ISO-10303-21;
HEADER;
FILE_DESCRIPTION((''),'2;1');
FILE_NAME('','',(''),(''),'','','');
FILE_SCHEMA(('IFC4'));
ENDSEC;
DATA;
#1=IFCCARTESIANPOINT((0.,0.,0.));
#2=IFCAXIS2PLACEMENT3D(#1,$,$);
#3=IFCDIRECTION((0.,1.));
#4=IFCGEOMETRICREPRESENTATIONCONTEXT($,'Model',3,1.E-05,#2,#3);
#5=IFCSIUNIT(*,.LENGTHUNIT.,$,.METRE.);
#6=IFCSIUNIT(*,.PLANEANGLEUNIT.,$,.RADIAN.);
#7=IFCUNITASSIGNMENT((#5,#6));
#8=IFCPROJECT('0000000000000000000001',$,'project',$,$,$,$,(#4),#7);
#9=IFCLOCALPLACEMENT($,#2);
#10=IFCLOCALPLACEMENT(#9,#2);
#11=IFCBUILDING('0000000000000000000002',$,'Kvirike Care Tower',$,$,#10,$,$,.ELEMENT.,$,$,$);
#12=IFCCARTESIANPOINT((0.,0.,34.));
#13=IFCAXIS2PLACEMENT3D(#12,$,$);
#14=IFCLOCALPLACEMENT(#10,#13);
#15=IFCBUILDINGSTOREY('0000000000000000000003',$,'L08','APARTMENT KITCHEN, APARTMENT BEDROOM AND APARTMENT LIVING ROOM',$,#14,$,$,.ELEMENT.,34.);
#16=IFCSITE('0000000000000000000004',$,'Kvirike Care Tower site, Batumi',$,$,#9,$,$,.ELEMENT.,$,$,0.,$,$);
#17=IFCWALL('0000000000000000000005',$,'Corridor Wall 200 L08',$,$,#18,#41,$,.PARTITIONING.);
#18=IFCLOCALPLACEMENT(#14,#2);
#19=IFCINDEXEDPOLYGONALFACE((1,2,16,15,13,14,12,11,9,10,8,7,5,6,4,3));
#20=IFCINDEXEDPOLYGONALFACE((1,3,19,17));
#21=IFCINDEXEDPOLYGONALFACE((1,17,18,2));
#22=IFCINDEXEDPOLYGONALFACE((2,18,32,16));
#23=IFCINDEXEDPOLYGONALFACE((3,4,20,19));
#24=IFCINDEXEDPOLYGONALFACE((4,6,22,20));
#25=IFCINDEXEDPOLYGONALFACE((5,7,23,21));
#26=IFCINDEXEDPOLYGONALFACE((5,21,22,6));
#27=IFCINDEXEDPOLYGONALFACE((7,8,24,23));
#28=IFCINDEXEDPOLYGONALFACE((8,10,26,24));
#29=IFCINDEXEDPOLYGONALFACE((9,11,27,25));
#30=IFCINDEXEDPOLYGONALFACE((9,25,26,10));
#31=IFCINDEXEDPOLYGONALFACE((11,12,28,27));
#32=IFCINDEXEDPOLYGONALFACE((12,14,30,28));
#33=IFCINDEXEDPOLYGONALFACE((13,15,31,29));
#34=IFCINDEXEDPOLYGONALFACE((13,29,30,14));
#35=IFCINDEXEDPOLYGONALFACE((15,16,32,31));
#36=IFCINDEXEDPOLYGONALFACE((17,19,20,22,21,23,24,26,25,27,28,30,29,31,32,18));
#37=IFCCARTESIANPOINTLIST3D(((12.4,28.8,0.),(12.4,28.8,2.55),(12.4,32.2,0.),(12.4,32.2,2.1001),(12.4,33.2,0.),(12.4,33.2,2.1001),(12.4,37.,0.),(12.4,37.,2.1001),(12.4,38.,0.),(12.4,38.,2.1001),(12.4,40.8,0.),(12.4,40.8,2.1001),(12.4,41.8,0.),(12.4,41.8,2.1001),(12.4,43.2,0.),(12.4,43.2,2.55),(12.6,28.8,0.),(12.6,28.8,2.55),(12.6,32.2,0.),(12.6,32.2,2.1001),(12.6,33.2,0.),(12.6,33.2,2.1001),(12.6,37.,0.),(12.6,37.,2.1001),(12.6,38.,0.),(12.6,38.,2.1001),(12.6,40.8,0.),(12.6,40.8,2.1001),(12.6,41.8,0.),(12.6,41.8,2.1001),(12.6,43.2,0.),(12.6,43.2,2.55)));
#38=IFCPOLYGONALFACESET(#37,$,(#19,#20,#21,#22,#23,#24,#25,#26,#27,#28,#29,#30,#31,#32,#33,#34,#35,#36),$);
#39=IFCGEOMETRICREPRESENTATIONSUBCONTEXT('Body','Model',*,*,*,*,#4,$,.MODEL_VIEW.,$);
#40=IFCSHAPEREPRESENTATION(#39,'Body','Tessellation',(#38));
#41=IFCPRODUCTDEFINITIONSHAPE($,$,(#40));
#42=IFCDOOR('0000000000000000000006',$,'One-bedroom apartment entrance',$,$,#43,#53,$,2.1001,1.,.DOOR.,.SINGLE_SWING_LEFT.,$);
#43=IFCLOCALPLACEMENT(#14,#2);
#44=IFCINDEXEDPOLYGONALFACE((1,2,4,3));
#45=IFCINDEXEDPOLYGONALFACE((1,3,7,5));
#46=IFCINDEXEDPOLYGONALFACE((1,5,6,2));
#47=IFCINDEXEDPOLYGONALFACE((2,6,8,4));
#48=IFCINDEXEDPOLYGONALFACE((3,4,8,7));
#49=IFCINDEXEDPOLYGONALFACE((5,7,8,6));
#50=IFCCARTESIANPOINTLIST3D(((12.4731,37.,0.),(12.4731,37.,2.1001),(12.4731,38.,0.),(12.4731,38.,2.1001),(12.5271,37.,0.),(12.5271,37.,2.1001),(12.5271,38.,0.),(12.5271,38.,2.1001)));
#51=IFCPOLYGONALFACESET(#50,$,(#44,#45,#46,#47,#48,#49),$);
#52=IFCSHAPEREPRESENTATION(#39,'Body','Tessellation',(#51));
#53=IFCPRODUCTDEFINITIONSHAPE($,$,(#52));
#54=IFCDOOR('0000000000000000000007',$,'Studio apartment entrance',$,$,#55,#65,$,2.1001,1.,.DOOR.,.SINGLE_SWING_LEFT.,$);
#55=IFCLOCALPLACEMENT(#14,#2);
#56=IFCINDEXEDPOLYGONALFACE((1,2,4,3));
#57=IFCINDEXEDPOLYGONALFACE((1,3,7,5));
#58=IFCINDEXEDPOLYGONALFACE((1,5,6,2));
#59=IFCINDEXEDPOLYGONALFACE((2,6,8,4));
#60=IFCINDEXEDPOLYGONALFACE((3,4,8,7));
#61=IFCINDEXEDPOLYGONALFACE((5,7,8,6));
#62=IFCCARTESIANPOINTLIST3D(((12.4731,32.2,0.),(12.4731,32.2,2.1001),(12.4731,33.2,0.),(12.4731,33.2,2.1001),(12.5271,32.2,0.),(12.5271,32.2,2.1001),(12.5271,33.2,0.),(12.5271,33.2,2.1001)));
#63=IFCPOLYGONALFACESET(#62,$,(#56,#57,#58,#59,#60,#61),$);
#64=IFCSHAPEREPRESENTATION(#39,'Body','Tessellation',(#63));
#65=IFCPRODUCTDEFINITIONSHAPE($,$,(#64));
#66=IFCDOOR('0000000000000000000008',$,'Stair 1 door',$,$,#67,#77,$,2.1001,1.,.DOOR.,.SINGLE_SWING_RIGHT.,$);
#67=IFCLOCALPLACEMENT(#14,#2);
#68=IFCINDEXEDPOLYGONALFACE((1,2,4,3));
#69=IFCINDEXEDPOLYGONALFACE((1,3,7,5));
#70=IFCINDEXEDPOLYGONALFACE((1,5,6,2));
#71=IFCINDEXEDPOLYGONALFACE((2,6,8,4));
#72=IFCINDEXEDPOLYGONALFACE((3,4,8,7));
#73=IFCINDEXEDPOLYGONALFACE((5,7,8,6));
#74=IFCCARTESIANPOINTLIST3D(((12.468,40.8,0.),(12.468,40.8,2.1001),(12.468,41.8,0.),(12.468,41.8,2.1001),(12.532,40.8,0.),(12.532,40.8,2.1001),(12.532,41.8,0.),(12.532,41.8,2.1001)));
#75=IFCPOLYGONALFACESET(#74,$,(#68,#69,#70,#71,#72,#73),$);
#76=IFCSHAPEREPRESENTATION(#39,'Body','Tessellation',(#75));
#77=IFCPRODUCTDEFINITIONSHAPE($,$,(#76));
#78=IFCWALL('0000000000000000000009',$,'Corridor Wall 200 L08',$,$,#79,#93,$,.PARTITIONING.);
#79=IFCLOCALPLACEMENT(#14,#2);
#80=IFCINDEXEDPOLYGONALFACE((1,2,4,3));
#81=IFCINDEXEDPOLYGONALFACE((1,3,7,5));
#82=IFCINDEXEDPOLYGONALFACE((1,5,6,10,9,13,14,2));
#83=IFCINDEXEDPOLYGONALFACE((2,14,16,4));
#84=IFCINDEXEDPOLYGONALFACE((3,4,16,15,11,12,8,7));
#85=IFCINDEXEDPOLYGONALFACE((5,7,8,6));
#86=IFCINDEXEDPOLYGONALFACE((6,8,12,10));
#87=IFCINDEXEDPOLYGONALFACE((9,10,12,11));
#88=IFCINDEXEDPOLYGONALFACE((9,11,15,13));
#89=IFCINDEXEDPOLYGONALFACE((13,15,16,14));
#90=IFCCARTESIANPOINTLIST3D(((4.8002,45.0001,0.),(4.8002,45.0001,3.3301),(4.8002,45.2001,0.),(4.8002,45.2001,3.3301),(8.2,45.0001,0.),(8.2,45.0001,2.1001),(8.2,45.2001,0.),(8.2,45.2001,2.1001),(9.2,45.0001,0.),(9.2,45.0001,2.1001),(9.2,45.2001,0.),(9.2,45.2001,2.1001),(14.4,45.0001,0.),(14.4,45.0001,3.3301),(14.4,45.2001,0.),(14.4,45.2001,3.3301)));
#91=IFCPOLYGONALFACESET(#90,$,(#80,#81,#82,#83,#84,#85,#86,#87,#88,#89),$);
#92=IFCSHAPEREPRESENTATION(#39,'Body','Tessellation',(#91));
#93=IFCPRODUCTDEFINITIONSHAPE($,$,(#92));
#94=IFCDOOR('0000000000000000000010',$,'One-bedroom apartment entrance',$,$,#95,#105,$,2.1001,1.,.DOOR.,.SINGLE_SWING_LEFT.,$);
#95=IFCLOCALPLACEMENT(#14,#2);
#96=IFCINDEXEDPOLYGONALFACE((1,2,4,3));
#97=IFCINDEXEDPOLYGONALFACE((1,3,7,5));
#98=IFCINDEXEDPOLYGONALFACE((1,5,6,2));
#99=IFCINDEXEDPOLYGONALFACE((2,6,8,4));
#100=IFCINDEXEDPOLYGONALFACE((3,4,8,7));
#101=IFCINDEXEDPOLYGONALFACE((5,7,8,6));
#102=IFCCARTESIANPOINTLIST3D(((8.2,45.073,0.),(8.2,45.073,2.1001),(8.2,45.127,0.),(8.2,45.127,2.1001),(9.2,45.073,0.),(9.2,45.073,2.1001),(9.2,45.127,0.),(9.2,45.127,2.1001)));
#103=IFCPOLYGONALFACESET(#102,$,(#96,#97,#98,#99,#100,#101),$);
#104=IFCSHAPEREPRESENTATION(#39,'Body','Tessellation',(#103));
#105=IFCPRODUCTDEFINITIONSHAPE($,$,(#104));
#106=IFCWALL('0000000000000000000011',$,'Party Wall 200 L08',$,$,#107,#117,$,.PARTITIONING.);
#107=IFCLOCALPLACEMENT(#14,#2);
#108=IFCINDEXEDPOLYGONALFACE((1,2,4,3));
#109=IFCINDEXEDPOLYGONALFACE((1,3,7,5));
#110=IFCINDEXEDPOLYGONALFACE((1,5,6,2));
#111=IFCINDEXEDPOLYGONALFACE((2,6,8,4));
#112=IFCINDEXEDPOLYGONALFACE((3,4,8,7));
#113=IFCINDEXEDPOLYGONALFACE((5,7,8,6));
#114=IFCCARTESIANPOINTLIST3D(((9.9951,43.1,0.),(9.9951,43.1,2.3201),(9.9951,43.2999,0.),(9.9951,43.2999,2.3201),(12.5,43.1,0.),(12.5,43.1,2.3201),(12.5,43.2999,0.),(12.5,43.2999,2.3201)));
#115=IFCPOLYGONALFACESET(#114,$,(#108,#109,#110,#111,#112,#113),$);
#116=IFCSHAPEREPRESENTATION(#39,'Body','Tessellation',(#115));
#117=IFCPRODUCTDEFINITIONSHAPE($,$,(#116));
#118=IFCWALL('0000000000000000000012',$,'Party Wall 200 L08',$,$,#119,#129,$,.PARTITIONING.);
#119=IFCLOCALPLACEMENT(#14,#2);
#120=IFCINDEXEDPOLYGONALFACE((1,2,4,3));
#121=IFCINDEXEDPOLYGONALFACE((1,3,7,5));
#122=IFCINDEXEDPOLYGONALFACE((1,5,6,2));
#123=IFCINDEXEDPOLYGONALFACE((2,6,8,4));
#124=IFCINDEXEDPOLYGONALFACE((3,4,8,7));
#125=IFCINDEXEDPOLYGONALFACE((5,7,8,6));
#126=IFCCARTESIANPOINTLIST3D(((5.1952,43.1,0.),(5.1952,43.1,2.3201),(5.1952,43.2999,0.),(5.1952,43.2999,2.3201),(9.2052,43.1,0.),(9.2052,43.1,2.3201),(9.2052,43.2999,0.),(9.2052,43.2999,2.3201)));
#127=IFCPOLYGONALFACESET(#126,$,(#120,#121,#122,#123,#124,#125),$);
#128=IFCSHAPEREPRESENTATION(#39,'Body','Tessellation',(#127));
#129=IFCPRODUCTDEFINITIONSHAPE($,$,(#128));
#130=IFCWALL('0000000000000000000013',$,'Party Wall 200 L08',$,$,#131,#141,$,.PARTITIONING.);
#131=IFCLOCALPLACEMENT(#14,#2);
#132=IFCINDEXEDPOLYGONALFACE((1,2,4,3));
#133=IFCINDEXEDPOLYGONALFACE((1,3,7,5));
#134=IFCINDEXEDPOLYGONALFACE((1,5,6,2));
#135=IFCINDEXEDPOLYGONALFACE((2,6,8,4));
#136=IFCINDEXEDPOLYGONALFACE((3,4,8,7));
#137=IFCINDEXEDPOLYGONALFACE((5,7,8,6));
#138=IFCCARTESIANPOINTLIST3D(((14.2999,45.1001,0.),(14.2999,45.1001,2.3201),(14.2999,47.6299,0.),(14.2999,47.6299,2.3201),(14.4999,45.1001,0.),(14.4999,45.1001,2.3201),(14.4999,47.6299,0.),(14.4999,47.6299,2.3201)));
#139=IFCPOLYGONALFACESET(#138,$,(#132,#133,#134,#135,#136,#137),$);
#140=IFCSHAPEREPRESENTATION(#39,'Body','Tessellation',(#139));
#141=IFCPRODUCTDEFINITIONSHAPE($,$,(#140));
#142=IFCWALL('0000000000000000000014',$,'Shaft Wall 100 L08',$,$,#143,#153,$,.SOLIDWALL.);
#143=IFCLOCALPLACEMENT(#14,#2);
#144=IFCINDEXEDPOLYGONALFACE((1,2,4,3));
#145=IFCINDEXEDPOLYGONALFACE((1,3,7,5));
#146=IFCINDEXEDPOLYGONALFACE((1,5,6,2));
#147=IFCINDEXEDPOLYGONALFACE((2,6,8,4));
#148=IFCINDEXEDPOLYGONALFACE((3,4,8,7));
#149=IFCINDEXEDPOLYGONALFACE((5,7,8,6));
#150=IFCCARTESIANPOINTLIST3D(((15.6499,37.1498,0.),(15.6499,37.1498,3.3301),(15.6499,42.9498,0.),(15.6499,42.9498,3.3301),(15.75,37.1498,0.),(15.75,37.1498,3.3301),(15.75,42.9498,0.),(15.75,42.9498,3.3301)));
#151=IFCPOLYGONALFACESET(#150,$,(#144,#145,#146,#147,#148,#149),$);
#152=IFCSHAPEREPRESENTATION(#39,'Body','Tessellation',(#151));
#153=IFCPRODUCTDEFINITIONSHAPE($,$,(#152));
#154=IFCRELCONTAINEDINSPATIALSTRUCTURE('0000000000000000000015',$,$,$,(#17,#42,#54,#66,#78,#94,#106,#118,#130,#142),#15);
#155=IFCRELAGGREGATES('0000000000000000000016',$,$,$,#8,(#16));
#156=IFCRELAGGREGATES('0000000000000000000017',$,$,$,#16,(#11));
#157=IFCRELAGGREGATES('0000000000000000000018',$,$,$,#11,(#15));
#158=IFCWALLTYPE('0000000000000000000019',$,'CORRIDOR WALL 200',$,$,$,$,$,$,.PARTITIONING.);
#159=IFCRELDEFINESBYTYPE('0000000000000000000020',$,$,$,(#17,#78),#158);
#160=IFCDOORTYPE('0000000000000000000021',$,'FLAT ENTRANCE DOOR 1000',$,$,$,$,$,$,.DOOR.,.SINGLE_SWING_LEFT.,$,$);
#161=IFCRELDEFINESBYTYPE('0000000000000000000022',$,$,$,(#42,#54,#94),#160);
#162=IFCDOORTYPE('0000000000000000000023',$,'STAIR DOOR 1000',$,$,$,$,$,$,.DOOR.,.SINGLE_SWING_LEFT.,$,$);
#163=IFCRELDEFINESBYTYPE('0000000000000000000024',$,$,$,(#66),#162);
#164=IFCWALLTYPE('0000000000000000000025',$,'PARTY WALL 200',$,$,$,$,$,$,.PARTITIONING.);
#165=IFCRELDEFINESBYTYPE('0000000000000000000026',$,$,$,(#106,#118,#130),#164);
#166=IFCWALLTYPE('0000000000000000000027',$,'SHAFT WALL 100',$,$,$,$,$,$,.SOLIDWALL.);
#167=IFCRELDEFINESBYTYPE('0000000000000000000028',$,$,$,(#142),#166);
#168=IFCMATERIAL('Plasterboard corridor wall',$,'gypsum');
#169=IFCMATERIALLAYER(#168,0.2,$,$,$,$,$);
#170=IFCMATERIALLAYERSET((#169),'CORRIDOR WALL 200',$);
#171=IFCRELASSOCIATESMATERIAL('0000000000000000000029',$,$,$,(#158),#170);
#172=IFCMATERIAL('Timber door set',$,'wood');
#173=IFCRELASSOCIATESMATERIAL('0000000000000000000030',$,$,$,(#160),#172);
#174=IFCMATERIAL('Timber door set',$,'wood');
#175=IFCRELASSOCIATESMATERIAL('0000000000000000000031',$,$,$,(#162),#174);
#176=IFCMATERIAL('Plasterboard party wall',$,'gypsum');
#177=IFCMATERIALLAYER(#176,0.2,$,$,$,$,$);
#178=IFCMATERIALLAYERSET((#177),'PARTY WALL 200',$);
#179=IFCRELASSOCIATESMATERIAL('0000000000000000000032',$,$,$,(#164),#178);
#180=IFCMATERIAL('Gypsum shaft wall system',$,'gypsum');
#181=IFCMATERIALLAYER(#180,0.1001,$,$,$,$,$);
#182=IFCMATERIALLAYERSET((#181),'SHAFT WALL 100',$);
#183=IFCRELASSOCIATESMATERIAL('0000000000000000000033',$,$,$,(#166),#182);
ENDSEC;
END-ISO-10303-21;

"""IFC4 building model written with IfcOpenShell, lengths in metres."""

from ifc_helpers import new_model, si_unit, direction, frame, frame_2d, origin, place, context, subcontext, project, spatial, rectangle, extrude, material, layer, layer_set, type_object, element, fill, save


model = new_model("IFC4")

# Units and contexts
model_context = context("Model", 3, precision=1e-05, world=origin(), true_north=direction((0.0, 1.0)))
body_context = subcontext(model_context, "Body", "Model", "MODEL_VIEW")
ifc_project = project(units=[si_unit("LENGTHUNIT", "METRE"), si_unit("PLANEANGLEUNIT", "RADIAN")], contexts=[model_context])

# Site, building, storey
site_placement = place(None, origin())
site = spatial("IfcSite", under=ifc_project, at=site_placement, Name="Kvirike Care Tower site, Batumi", CompositionType="ELEMENT", RefElevation=0.0)
building_placement = place(site_placement, origin())
building = spatial("IfcBuilding", under=site, at=building_placement, Name="Kvirike Care Tower", CompositionType="ELEMENT")
storey_placement = place(building_placement, frame((0.0, 0.0, 34.0)))
storey = spatial("IfcBuildingStorey", under=building, at=storey_placement, Name="L08", Description="APARTMENT KITCHEN, APARTMENT BEDROOM AND APARTMENT LIVING ROOM", CompositionType="ELEMENT", Elevation=34.0)

# Wall, openings, doors
ifc_material_1 = material(Name="Plasterboard corridor wall", Category="gypsum")
ifc_layer_1 = layer(ifc_material_1, 0.2)
ifc_layer_set_1 = layer_set([ifc_layer_1], Name="CORRIDOR WALL 200")
wall_type_1 = type_object("IfcWallType", Name="CORRIDOR WALL 200", PredefinedType="PARTITIONING", material=ifc_layer_set_1)
wall_1_placement = place(storey_placement, frame((12.5, 43.2, 0.0), z_axis=(0.0, 0.0, 1.0), x_axis=(0.0, -1.0, 0.0)))
wall_1 = element("IfcWall", 1, at=wall_1_placement, inside=storey, type_object=wall_type_1, Name="Corridor Wall 200 L08", PredefinedType="PARTITIONING", context=body_context, shape_type="SweptSolid", body=[
    extrude(rectangle(XDim=14.3999, YDim=0.2, at=frame_2d((7.2, 0.0))), origin(), (0.0, 0.0, 1.0), 2.55),
])
opening_1_placement = place(wall_1_placement, frame((1.3999, 0.0, 0.0)))
opening_1 = element("IfcOpeningElement", 2, at=opening_1_placement, cuts=wall_1, PredefinedType="OPENING", context=body_context, shape_type="SweptSolid", body=[
    extrude(rectangle(XDim=1.0, YDim=2.1001, at=frame_2d((0.5, 1.05))), frame((0.0, 0.1106, 0.0), z_axis=(0.0, -1.0, 0.0), x_axis=(1.0, 0.0, 0.0)), (0.0, 0.0, 1.0), 0.2209),
])
opening_2_placement = place(wall_1_placement, frame((5.2, 0.0, 0.0)))
opening_2 = element("IfcOpeningElement", 3, at=opening_2_placement, cuts=wall_1, PredefinedType="OPENING", context=body_context, shape_type="SweptSolid", body=[
    extrude(rectangle(XDim=1.0, YDim=2.1001, at=frame_2d((0.5, 1.05))), frame((0.0, 0.1106, 0.0), z_axis=(0.0, -1.0, 0.0), x_axis=(1.0, 0.0, 0.0)), (0.0, 0.0, 1.0), 0.2209),
])
opening_3_placement = place(wall_1_placement, frame((10.0, 0.0, 0.0)))
opening_3 = element("IfcOpeningElement", 4, at=opening_3_placement, cuts=wall_1, PredefinedType="OPENING", context=body_context, shape_type="SweptSolid", body=[
    extrude(rectangle(XDim=1.0, YDim=2.1001, at=frame_2d((0.5, 1.05))), frame((0.0, 0.1106, 0.0), z_axis=(0.0, -1.0, 0.0), x_axis=(1.0, 0.0, 0.0)), (0.0, 0.0, 1.0), 0.2209),
])
ifc_material_2 = material(Name="Timber door set", Category="wood")
door_type_1 = type_object("IfcDoorType", Name="FLAT ENTRANCE DOOR 1000", OperationType="SINGLE_SWING_LEFT", PredefinedType="DOOR", material=ifc_material_2)
door_1_placement = place(opening_2_placement, frame((1.0, 0.0, 0.0), z_axis=(0.0, 0.0, 1.0), x_axis=(-1.0, 0.0, 0.0)))
door_1 = element("IfcDoor", 5, at=door_1_placement, inside=storey, type_object=door_type_1, Name="One-bedroom apartment entrance", OperationType="SINGLE_SWING_LEFT", OverallHeight=2.1001, OverallWidth=1.0, PredefinedType="DOOR", context=body_context, shape_type="SweptSolid", body=[
    extrude(rectangle(XDim=1.0, YDim=2.1001, at=frame_2d((0.5, 1.05))), frame((0.0, 0.0269, 0.0), z_axis=(0.0, -1.0, 0.0), x_axis=(1.0, 0.0, 0.0)), (0.0, 0.0, 1.0), 0.054),
])
fill(opening_2, door_1)
door_2_placement = place(opening_3_placement, frame((1.0, 0.0, 0.0), z_axis=(0.0, 0.0, 1.0), x_axis=(-1.0, 0.0, 0.0)))
door_2 = element("IfcDoor", 6, at=door_2_placement, inside=storey, type_object=door_type_1, Name="Studio apartment entrance", OperationType="SINGLE_SWING_LEFT", OverallHeight=2.1001, OverallWidth=1.0, PredefinedType="DOOR", context=body_context, shape_type="SweptSolid", body=[
    extrude(rectangle(XDim=1.0, YDim=2.1001, at=frame_2d((0.5, 1.05))), frame((0.0, 0.0269, 0.0), z_axis=(0.0, -1.0, 0.0), x_axis=(1.0, 0.0, 0.0)), (0.0, 0.0, 1.0), 0.054),
])
fill(opening_3, door_2)
ifc_material_3 = material(Name="Timber door set", Category="wood")
door_type_2 = type_object("IfcDoorType", Name="STAIR DOOR 1000", OperationType="SINGLE_SWING_LEFT", PredefinedType="DOOR", material=ifc_material_3)
door_3_placement = place(opening_1_placement, frame((1.0, 0.0, 0.0), z_axis=(0.0, 0.0, 1.0), x_axis=(-1.0, 0.0, 0.0)))
door_3 = element("IfcDoor", 7, at=door_3_placement, inside=storey, type_object=door_type_2, Name="Stair 1 door", OperationType="SINGLE_SWING_RIGHT", OverallHeight=2.1001, OverallWidth=1.0, PredefinedType="DOOR", context=body_context, shape_type="SweptSolid", body=[
    extrude(rectangle(XDim=1.0, YDim=2.1001, at=frame_2d((0.5, 1.05))), frame((0.0, 0.032, 0.0), z_axis=(0.0, -1.0, 0.0), x_axis=(1.0, 0.0, 0.0)), (0.0, 0.0, 1.0), 0.064),
])
fill(opening_1, door_3)

# Wall, opening, door
wall_2_placement = place(storey_placement, frame((14.3999, 45.1001, 0.0), z_axis=(0.0, 0.0, 1.0), x_axis=(-1.0, 0.0, 0.0)))
wall_2 = element("IfcWall", 8, at=wall_2_placement, inside=storey, type_object=wall_type_1, Name="Corridor Wall 200 L08", PredefinedType="PARTITIONING", context=body_context, shape_type="SweptSolid", body=[
    extrude(rectangle(XDim=9.5999, YDim=0.2, at=frame_2d((4.7998, 0.0))), origin(), (0.0, 0.0, 1.0), 3.3301),
])
opening_4_placement = place(wall_2_placement, frame((5.2, 0.0, 0.0)))
opening_4 = element("IfcOpeningElement", 9, at=opening_4_placement, cuts=wall_2, PredefinedType="OPENING", context=body_context, shape_type="SweptSolid", body=[
    extrude(rectangle(XDim=1.0, YDim=2.1001, at=frame_2d((0.5, 1.05))), frame((0.0, 0.1106, 0.0), z_axis=(0.0, -1.0, 0.0), x_axis=(1.0, 0.0, 0.0)), (0.0, 0.0, 1.0), 0.2209),
])
door_4_placement = place(opening_4_placement, frame((1.0, 0.0, 0.0), z_axis=(0.0, 0.0, 1.0), x_axis=(-1.0, 0.0, 0.0)))
door_4 = element("IfcDoor", 10, at=door_4_placement, inside=storey, type_object=door_type_1, Name="One-bedroom apartment entrance", OperationType="SINGLE_SWING_LEFT", OverallHeight=2.1001, OverallWidth=1.0, PredefinedType="DOOR", context=body_context, shape_type="SweptSolid", body=[
    extrude(rectangle(XDim=1.0, YDim=2.1001, at=frame_2d((0.5, 1.05))), frame((0.0, 0.0269, 0.0), z_axis=(0.0, -1.0, 0.0), x_axis=(1.0, 0.0, 0.0)), (0.0, 0.0, 1.0), 0.054),
])
fill(opening_4, door_4)

# Walls
ifc_material_4 = material(Name="Plasterboard party wall", Category="gypsum")
ifc_layer_2 = layer(ifc_material_4, 0.2)
ifc_layer_set_2 = layer_set([ifc_layer_2], Name="PARTY WALL 200")
wall_type_2 = type_object("IfcWallType", Name="PARTY WALL 200", PredefinedType="PARTITIONING", material=ifc_layer_set_2)
wall_3_placement = place(storey_placement, frame((12.5, 43.2, 0.0), z_axis=(0.0, 0.0, 1.0), x_axis=(-1.0, 0.0, 0.0)))
element("IfcWall", 11, at=wall_3_placement, inside=storey, type_object=wall_type_2, Name="Party Wall 200 L08", PredefinedType="PARTITIONING", context=body_context, shape_type="SweptSolid", body=[
    extrude(rectangle(XDim=2.5049, YDim=0.2, at=frame_2d((1.2524, 0.0))), origin(), (0.0, 0.0, 1.0), 2.3201),
])
wall_4_placement = place(storey_placement, frame((9.2051, 43.2, 0.0), z_axis=(0.0, 0.0, 1.0), x_axis=(-1.0, 0.0, 0.0)))
element("IfcWall", 12, at=wall_4_placement, inside=storey, type_object=wall_type_2, Name="Party Wall 200 L08", PredefinedType="PARTITIONING", context=body_context, shape_type="SweptSolid", body=[
    extrude(rectangle(XDim=4.01, YDim=0.2, at=frame_2d((2.0049, 0.0))), origin(), (0.0, 0.0, 1.0), 2.3201),
])
wall_5_placement = place(storey_placement, frame((14.3999, 45.1001, 0.0), z_axis=(0.0, 0.0, 1.0), x_axis=(0.0, 1.0, 0.0)))
element("IfcWall", 13, at=wall_5_placement, inside=storey, type_object=wall_type_2, Name="Party Wall 200 L08", PredefinedType="PARTITIONING", context=body_context, shape_type="SweptSolid", body=[
    extrude(rectangle(XDim=2.5298, YDim=0.2, at=frame_2d((1.2649, 0.0))), origin(), (0.0, 0.0, 1.0), 2.3201),
])
ifc_material_5 = material(Name="Gypsum shaft wall system", Category="gypsum")
ifc_layer_3 = layer(ifc_material_5, 0.1001)
ifc_layer_set_3 = layer_set([ifc_layer_3], Name="SHAFT WALL 100")
wall_type_3 = type_object("IfcWallType", Name="SHAFT WALL 100", PredefinedType="SOLIDWALL", material=ifc_layer_set_3)
wall_6_placement = place(storey_placement, frame((15.7, 37.1499, 0.0), z_axis=(0.0, 0.0, 1.0), x_axis=(0.0, 1.0, 0.0)))
element("IfcWall", 14, at=wall_6_placement, inside=storey, type_object=wall_type_3, Name="Shaft Wall 100 L08", PredefinedType="SOLIDWALL", context=body_context, shape_type="SweptSolid", body=[
    extrude(rectangle(XDim=5.8, YDim=0.1001, at=frame_2d((2.8999, 0.0))), origin(), (0.0, 0.0, 1.0), 3.3301),
])

save(model, "model.ifc")
